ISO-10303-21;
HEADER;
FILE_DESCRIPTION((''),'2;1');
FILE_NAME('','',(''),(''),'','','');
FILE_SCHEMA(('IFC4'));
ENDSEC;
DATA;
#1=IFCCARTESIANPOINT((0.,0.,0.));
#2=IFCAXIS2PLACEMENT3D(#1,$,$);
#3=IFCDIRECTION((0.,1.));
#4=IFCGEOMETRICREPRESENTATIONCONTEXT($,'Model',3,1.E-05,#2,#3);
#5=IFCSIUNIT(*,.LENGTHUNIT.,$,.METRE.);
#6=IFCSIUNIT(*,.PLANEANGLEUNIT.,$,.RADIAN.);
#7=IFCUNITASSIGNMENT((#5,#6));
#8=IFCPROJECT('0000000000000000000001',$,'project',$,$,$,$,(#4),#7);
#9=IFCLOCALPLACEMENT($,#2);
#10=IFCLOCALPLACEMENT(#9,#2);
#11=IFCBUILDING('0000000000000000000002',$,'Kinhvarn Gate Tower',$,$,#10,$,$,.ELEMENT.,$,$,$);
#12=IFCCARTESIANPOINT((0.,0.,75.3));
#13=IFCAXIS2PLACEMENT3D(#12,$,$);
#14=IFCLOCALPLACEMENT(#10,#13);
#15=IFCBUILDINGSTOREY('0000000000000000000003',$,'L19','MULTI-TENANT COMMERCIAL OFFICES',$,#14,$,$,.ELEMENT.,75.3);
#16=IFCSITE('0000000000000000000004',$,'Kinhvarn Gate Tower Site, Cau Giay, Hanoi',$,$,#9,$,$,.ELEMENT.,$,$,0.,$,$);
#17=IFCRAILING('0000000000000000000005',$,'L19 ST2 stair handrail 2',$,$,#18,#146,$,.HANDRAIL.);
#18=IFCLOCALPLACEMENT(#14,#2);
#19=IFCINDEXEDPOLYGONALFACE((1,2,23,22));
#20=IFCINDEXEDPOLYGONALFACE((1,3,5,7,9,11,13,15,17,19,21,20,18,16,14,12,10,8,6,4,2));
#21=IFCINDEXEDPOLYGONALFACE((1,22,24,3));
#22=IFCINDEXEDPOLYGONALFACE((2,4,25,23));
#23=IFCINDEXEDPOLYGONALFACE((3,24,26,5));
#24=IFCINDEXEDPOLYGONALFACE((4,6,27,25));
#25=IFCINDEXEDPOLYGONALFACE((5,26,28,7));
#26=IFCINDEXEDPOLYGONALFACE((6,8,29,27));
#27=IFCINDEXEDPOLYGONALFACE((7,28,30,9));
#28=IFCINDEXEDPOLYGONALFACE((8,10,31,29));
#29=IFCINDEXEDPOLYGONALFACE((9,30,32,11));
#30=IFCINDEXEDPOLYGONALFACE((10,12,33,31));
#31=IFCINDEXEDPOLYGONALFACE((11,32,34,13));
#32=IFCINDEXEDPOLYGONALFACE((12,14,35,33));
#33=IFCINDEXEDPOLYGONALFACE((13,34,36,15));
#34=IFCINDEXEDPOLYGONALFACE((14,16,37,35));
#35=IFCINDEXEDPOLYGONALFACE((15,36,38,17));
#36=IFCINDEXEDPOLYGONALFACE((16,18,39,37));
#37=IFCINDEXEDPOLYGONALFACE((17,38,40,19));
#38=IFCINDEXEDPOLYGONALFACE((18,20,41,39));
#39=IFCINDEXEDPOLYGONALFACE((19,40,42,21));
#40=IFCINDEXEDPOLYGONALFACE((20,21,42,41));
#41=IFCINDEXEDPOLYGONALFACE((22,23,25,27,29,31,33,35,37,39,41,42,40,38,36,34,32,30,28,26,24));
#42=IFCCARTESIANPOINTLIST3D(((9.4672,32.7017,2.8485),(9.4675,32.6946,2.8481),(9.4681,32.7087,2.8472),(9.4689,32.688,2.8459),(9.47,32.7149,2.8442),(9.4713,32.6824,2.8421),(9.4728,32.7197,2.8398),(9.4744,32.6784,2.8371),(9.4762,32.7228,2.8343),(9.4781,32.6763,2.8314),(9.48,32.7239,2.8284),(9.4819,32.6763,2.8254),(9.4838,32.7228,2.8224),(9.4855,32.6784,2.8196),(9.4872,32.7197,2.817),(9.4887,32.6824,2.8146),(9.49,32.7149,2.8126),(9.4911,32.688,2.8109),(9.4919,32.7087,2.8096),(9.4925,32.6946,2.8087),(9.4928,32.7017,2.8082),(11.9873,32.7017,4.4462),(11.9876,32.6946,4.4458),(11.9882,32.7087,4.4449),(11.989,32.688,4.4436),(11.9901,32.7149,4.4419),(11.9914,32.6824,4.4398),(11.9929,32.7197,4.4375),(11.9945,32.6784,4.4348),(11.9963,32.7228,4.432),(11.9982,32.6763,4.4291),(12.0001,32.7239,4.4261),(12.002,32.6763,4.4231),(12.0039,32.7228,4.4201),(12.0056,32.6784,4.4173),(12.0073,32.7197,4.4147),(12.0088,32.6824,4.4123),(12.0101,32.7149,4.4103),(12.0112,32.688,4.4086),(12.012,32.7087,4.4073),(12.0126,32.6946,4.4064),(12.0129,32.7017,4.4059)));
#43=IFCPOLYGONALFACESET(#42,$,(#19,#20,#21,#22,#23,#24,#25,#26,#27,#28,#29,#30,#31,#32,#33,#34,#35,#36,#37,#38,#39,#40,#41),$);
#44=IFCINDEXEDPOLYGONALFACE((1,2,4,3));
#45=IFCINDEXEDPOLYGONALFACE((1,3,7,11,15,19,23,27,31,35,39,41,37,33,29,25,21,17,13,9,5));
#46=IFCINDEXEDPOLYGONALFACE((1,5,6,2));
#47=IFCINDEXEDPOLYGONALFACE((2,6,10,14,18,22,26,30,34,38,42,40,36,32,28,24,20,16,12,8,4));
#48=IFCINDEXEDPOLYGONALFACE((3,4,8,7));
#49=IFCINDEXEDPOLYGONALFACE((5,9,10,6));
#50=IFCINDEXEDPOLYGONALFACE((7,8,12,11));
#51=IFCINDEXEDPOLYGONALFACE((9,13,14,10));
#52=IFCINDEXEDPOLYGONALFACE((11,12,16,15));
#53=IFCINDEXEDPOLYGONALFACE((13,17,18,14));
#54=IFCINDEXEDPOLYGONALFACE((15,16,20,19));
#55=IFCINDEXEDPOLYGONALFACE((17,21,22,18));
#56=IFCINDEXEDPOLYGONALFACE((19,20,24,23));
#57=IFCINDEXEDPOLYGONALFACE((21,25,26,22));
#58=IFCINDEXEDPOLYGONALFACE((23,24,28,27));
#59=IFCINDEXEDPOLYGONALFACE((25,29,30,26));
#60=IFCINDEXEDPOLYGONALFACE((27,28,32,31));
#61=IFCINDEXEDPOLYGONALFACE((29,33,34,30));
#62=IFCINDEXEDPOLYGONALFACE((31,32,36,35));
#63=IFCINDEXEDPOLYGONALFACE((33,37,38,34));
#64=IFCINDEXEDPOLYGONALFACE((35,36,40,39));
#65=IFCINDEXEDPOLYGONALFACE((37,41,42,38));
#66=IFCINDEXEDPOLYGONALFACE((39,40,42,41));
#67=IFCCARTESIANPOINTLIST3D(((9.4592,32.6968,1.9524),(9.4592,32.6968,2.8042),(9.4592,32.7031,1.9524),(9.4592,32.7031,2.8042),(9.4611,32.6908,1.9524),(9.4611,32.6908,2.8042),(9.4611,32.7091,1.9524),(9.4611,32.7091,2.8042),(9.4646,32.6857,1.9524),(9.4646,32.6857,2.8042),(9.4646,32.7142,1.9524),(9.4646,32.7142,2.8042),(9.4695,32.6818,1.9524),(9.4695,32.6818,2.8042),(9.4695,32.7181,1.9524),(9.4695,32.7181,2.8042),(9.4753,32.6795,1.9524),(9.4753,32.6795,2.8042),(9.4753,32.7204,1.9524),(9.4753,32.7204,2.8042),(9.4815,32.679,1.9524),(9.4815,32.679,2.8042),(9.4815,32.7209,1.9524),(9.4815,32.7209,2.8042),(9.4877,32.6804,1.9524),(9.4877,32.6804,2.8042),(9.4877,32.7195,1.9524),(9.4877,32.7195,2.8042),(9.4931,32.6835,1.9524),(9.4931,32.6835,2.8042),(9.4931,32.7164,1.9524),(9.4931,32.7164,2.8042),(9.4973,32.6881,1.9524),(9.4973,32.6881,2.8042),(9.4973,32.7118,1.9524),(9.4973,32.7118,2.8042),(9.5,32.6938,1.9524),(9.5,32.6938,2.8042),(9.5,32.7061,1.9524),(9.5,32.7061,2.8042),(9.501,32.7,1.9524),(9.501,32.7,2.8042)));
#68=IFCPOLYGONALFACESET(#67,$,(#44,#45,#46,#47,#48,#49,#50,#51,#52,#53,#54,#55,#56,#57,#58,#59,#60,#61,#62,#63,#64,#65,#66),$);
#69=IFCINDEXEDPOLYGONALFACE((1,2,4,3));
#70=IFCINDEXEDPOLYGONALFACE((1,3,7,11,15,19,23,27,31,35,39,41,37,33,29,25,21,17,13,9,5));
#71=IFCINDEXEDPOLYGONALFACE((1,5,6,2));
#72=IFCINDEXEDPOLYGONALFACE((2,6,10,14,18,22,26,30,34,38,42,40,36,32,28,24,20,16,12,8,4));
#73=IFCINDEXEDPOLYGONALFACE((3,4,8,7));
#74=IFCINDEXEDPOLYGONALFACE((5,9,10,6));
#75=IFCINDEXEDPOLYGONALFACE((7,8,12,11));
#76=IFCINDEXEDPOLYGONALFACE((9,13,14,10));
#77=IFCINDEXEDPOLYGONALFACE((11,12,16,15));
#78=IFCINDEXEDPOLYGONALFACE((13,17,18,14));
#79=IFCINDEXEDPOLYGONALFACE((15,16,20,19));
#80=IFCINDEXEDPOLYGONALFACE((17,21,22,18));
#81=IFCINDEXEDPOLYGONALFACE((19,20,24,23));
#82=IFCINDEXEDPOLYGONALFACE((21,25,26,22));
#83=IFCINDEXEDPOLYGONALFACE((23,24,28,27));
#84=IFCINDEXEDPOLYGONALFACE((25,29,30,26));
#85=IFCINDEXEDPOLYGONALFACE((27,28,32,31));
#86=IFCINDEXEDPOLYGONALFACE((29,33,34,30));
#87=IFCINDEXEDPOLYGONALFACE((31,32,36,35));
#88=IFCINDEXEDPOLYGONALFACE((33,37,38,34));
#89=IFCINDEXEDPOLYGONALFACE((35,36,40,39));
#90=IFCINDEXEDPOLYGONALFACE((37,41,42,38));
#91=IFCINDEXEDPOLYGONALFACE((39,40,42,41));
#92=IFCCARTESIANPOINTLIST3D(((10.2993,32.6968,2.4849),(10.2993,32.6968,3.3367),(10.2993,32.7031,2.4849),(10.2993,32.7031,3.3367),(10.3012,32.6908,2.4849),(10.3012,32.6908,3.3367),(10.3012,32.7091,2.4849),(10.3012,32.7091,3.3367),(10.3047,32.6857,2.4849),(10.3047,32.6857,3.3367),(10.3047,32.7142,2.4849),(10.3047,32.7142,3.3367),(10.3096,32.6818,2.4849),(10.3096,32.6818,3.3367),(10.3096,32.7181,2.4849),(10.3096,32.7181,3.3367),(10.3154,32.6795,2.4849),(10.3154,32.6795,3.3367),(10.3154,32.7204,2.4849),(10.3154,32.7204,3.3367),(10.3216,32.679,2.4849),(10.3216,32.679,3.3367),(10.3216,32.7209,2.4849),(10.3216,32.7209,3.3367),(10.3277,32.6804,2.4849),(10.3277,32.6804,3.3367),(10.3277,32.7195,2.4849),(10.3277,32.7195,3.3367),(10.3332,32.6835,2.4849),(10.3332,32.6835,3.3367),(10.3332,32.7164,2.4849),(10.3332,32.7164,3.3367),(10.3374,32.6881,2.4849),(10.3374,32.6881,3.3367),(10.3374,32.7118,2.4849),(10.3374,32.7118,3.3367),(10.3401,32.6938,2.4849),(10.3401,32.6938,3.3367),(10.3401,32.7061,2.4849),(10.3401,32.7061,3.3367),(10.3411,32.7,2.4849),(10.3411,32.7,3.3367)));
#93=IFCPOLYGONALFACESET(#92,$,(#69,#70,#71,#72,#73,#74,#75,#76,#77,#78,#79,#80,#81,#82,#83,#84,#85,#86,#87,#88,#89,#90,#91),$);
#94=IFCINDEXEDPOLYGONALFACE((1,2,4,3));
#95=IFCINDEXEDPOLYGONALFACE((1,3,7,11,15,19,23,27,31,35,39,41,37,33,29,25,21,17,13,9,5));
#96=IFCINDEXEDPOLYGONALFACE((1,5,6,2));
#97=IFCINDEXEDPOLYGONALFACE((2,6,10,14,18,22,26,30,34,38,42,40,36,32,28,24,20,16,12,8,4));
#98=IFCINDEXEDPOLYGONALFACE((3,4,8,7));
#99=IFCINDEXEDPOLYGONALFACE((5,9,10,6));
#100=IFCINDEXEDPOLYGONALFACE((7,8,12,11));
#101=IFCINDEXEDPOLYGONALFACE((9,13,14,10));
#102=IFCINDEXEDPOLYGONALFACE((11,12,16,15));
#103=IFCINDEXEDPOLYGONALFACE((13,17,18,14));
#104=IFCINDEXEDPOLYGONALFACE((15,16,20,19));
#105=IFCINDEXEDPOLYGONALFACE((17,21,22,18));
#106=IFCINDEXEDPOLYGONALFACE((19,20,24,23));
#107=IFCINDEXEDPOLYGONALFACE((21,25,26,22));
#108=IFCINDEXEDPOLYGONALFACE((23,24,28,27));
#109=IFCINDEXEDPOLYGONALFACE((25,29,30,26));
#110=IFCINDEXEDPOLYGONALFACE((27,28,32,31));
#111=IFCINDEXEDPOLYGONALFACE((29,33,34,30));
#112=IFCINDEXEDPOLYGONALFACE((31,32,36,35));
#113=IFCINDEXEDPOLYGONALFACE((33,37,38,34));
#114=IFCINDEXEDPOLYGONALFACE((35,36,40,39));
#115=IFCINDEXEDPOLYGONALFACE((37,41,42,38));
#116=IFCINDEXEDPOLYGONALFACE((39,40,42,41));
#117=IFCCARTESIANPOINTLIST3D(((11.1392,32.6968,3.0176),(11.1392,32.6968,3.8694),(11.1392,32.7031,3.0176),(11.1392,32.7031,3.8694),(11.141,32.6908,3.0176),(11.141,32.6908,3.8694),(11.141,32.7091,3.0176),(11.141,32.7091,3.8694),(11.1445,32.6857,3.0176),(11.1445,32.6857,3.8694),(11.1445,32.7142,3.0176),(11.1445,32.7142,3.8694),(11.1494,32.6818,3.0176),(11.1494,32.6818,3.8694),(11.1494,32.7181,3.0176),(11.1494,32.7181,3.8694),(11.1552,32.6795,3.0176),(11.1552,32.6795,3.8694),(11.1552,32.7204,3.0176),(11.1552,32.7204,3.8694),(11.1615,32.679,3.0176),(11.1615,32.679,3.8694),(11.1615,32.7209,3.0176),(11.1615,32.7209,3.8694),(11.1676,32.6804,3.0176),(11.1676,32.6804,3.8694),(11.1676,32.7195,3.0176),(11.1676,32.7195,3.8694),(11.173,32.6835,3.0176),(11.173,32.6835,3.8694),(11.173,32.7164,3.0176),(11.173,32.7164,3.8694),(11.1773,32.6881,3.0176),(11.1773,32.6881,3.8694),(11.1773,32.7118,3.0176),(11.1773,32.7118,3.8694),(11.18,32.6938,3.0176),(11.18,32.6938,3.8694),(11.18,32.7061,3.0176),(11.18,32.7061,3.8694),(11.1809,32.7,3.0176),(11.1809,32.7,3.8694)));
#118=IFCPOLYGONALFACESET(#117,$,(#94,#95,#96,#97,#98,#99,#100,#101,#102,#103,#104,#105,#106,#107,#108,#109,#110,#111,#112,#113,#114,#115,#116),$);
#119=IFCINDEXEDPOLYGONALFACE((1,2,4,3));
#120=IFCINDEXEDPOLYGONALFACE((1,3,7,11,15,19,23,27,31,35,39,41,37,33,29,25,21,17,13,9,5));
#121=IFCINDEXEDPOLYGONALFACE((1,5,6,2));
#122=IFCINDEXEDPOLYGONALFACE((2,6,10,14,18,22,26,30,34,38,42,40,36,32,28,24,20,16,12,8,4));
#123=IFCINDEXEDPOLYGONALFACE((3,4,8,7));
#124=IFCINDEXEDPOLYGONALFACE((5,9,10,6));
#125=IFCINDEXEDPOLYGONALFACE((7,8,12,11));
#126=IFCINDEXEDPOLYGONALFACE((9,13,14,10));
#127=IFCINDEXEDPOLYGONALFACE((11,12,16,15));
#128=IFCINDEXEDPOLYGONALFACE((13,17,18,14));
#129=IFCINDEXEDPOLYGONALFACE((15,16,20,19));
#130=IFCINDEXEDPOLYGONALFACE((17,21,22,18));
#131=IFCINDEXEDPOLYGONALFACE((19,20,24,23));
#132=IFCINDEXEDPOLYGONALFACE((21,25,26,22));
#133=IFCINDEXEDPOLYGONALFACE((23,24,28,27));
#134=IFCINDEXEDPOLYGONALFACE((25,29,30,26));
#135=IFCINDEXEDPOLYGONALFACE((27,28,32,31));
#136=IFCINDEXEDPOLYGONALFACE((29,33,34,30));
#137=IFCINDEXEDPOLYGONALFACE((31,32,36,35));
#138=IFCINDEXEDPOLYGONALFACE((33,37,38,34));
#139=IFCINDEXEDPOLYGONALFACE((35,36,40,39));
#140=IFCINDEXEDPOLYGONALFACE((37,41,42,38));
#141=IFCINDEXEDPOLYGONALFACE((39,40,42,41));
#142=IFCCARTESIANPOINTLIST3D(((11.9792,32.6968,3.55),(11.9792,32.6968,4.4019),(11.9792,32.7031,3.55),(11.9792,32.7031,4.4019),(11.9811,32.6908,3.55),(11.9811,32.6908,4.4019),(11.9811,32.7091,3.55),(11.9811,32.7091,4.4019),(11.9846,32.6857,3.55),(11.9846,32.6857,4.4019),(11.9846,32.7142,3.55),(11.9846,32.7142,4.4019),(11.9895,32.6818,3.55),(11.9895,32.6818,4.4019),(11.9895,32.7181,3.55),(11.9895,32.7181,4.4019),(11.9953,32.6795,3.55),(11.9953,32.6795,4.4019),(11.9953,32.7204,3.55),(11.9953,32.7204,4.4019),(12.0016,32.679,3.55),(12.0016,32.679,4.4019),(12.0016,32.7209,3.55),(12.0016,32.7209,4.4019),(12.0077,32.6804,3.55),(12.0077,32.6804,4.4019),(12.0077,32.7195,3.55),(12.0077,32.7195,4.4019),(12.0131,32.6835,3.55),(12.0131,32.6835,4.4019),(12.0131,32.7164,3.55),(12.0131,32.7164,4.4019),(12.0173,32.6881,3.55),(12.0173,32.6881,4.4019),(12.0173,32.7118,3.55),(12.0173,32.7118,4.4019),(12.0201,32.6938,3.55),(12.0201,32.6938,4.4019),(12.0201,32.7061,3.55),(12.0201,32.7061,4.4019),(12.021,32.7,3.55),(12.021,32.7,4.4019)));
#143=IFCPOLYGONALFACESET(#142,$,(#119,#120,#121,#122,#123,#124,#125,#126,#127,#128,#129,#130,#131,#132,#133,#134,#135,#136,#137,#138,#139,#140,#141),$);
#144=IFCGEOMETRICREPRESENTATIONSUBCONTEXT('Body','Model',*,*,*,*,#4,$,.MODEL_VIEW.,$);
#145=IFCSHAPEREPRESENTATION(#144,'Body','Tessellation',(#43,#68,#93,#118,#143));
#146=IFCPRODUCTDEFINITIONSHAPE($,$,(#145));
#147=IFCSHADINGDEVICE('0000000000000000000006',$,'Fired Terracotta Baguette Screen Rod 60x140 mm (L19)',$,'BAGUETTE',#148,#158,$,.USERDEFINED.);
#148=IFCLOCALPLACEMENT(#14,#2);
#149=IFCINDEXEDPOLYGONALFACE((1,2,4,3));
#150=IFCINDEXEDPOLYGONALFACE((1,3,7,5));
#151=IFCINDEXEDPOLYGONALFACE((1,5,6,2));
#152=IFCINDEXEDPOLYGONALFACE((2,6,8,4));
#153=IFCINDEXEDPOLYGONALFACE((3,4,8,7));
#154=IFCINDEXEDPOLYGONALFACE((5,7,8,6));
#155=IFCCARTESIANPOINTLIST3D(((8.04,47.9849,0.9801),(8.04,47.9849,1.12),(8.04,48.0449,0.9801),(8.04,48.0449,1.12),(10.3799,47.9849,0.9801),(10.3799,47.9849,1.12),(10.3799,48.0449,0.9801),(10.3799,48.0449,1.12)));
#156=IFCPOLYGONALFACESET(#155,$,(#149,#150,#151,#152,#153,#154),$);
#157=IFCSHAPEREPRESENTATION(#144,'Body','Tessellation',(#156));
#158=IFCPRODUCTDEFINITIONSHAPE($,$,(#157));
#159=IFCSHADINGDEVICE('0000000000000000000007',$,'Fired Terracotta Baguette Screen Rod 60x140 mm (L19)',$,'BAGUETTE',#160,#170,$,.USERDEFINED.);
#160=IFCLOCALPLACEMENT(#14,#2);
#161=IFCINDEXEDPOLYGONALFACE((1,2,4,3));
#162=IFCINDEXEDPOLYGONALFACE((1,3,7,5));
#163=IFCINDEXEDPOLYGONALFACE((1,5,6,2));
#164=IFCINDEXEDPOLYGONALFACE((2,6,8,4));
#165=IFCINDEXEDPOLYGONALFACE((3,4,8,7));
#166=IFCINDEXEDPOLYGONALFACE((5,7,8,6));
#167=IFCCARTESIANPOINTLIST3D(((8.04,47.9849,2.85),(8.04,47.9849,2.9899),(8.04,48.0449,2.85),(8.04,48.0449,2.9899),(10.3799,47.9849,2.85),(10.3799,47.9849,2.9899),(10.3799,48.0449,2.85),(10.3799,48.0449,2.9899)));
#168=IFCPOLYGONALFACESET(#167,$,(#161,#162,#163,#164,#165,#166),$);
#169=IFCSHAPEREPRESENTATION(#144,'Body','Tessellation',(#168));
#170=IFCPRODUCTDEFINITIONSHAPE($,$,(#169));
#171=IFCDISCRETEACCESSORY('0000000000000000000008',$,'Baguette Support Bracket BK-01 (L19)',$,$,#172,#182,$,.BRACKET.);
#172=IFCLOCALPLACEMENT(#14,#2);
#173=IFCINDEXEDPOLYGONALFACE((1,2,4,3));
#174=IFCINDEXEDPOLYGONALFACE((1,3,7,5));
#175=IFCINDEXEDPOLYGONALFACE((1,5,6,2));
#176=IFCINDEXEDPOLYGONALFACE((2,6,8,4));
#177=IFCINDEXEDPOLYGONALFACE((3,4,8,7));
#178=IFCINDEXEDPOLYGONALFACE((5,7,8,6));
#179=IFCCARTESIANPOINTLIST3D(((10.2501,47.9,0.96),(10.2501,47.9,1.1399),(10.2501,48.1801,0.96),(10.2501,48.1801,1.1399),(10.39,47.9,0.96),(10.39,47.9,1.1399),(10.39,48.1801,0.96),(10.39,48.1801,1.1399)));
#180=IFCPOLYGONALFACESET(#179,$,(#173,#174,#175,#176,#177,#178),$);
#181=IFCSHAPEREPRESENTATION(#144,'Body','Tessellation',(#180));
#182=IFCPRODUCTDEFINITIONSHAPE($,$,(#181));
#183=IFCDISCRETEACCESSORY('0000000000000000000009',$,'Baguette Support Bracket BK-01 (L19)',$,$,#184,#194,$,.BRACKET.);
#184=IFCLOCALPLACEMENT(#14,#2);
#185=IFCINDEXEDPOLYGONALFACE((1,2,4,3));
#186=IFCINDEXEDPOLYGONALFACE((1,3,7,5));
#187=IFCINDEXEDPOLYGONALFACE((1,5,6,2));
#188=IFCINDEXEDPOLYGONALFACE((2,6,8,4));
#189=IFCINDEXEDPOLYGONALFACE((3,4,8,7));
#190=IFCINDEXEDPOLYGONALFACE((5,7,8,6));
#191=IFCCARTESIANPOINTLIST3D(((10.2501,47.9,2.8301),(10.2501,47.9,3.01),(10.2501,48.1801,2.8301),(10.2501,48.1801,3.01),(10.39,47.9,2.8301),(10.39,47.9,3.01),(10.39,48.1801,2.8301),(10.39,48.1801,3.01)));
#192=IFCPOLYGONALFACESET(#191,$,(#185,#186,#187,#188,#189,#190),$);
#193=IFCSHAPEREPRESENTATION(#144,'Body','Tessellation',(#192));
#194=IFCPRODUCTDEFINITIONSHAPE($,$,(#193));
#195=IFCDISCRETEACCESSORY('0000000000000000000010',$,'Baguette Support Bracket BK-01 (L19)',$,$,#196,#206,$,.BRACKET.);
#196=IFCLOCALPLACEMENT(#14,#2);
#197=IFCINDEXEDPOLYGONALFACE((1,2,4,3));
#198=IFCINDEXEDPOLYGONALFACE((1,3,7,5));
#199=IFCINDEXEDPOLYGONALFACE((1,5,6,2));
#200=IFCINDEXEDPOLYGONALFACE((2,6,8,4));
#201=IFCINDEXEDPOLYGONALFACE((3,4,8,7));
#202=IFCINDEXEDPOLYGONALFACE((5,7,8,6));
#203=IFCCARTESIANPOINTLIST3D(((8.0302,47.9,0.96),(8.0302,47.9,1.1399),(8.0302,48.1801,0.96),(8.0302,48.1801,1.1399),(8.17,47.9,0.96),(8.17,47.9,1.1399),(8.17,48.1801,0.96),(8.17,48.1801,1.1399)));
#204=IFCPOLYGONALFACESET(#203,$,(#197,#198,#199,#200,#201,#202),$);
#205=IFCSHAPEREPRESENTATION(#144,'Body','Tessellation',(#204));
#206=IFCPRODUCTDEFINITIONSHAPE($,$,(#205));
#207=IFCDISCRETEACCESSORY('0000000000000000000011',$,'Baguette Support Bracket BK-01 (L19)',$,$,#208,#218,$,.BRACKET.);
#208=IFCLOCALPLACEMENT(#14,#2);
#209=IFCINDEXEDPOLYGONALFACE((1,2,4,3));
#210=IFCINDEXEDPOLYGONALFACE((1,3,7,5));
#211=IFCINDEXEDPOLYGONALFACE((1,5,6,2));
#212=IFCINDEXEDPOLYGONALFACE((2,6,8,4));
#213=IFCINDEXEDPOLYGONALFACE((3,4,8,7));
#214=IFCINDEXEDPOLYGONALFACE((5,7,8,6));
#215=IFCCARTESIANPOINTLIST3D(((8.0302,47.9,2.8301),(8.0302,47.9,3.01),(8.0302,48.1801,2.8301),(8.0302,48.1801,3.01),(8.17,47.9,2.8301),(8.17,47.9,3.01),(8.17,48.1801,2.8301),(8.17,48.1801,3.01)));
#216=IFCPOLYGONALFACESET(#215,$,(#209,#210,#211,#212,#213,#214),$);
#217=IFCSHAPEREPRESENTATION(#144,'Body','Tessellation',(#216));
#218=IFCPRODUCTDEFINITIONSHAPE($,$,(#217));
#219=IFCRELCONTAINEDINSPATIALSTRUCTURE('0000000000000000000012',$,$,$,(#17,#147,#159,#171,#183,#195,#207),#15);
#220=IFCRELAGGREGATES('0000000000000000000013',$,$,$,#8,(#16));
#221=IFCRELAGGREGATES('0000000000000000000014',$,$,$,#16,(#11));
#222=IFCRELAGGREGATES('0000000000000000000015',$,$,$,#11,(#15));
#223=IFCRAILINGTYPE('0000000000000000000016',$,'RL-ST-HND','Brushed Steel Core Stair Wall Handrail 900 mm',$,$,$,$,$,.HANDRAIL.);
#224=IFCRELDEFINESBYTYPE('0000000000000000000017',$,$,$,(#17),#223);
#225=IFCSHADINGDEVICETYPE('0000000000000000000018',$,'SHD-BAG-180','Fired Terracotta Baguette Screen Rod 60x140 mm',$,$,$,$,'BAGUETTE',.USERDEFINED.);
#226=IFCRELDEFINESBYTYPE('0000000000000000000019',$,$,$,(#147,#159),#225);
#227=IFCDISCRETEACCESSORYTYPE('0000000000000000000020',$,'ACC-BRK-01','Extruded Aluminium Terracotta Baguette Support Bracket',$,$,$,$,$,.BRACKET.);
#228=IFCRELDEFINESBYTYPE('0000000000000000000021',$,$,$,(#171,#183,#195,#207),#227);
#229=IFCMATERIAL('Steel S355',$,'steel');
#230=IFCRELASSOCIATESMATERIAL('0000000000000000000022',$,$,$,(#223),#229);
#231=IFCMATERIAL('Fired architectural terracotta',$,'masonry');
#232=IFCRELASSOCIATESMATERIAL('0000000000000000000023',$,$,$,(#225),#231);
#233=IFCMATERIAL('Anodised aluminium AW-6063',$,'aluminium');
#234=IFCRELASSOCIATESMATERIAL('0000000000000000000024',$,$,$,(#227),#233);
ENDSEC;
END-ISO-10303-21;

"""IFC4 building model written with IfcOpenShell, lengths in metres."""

from ifc_helpers import new_model, si_unit, direction, frame, origin, origin_2d, place, context, subcontext, project, spatial, rectangle, circle, extrude, material, material_profile, profile_set, type_object, element, save


model = new_model("IFC4")

# Units and contexts
model_context = context("Model", 3, precision=1e-05, world=origin(), true_north=direction((0.0, 1.0)))
body_context = subcontext(model_context, "Body", "Model", "MODEL_VIEW")
ifc_project = project(units=[si_unit("LENGTHUNIT", "METRE"), si_unit("PLANEANGLEUNIT", "RADIAN")], contexts=[model_context])

# Site, building, storey
site_placement = place(None, origin())
site = spatial("IfcSite", under=ifc_project, at=site_placement, Name="Kinhvarn Gate Tower Site, Cau Giay, Hanoi", CompositionType="ELEMENT", RefElevation=0.0)
building_placement = place(site_placement, origin())
building = spatial("IfcBuilding", under=site, at=building_placement, Name="Kinhvarn Gate Tower", CompositionType="ELEMENT")
storey_placement = place(building_placement, frame((0.0, 0.0, 75.3)))
storey = spatial("IfcBuildingStorey", under=building, at=storey_placement, Name="L19", Description="MULTI-TENANT COMMERCIAL OFFICES", CompositionType="ELEMENT", Elevation=75.3)

# Shared definitions
ifc_material_1 = material(Name="Anodised aluminium AW-6063", Category="aluminium")

# Shared definitions
ifc_material_2 = material(Name="Steel S355", Category="steel")

# Shared definitions
ifc_material_3 = material(Name="Fired architectural terracotta", Category="masonry")

# Railing
railing_type_1 = type_object("IfcRailingType", Name="RL-ST-HND", Description="Brushed Steel Core Stair Wall Handrail 900 mm", PredefinedType="HANDRAIL", material=ifc_material_2)
railing_1_placement = place(storey_placement, frame((9.48, 32.7, 1.9524)))
element("IfcRailing", 1, at=railing_1_placement, inside=storey, type_object=railing_type_1, Name="L19 ST2 stair handrail 2", PredefinedType="HANDRAIL", context=body_context, shape_type="SweptSolid", body=[
    extrude(circle(Radius=0.0239, at=origin_2d()), frame((0.0, 0.0, 0.876), z_axis=(0.84457, 0.0, 0.535445), x_axis=(0.0, 1.0, 0.0)), (0.0, 0.0, 1.0), 2.9839),
    extrude(circle(Radius=0.021, at=origin_2d()), origin(), (0.0, 0.0, 1.0), 0.8518),
    extrude(circle(Radius=0.021, at=origin_2d()), frame((0.8401, 0.0, 0.5325)), (0.0, 0.0, 1.0), 0.8518),
    extrude(circle(Radius=0.021, at=origin_2d()), frame((1.6799, 0.0, 1.0652)), (0.0, 0.0, 1.0), 0.8518),
    extrude(circle(Radius=0.021, at=origin_2d()), frame((2.52, 0.0, 1.5977)), (0.0, 0.0, 1.0), 0.8518),
])

# Shading devices
ifc_material_profile_1 = material_profile(ifc_material_3, rectangle(XDim=0.0601, YDim=0.1399, at=origin_2d()), Name="TC 60x140")
ifc_profile_set_1 = profile_set([ifc_material_profile_1], Name="Fired architectural terracotta")
shading_device_type = type_object("IfcShadingDeviceType", Name="SHD-BAG-180", Description="Fired Terracotta Baguette Screen Rod 60x140 mm", ElementType="BAGUETTE", PredefinedType="USERDEFINED", material=ifc_profile_set_1)
for number, where, z_axis, x_axis, name in (
    (2, (10.3799, 48.0149, 1.05), (-1.0, 0.0, 0.0), (0.0, -1.0, 0.0), "Fired Terracotta Baguette Screen Rod 60x140 mm (L19)"),
    (3, (10.3799, 48.0149, 2.9199), (-1.0, 0.0, 0.0), (0.0, -1.0, 0.0), "Fired Terracotta Baguette Screen Rod 60x140 mm (L19)"),
):
    element("IfcShadingDevice", number, at=place(storey_placement, frame(where, z_axis=z_axis, x_axis=x_axis)), inside=storey, type_object=shading_device_type, Name=name, ObjectType="BAGUETTE", PredefinedType="USERDEFINED", context=body_context, shape_type="SweptSolid", body=[
        extrude(rectangle(XDim=0.0601, YDim=0.1399, at=origin_2d()), origin(), (0.0, 0.0, 1.0), 2.3398),
    ])

# Discrete accessories
discrete_accessory_type = type_object("IfcDiscreteAccessoryType", Name="ACC-BRK-01", Description="Extruded Aluminium Terracotta Baguette Support Bracket", PredefinedType="BRACKET", material=ifc_material_1)
for number, where, z_axis, x_axis, name in (
    (4, (10.3201, 48.04, 0.96), (0.0, 0.0, 1.0), (-1.0, 0.0, 0.0), "Baguette Support Bracket BK-01 (L19)"),
    (5, (10.3201, 48.04, 2.8301), (0.0, 0.0, 1.0), (-1.0, 0.0, 0.0), "Baguette Support Bracket BK-01 (L19)"),
    (6, (8.1001, 48.04, 0.96), (0.0, 0.0, 1.0), (-1.0, 0.0, 0.0), "Baguette Support Bracket BK-01 (L19)"),
    (7, (8.1001, 48.04, 2.8301), (0.0, 0.0, 1.0), (-1.0, 0.0, 0.0), "Baguette Support Bracket BK-01 (L19)"),
):
    element("IfcDiscreteAccessory", number, at=place(storey_placement, frame(where, z_axis=z_axis, x_axis=x_axis)), inside=storey, type_object=discrete_accessory_type, Name=name, PredefinedType="BRACKET", context=body_context, shape_type="SweptSolid", body=[
        extrude(rectangle(XDim=0.1399, YDim=0.28, at=origin_2d()), origin(), (0.0, 0.0, 1.0), 0.1799),
    ])

save(model, "model.ifc")
